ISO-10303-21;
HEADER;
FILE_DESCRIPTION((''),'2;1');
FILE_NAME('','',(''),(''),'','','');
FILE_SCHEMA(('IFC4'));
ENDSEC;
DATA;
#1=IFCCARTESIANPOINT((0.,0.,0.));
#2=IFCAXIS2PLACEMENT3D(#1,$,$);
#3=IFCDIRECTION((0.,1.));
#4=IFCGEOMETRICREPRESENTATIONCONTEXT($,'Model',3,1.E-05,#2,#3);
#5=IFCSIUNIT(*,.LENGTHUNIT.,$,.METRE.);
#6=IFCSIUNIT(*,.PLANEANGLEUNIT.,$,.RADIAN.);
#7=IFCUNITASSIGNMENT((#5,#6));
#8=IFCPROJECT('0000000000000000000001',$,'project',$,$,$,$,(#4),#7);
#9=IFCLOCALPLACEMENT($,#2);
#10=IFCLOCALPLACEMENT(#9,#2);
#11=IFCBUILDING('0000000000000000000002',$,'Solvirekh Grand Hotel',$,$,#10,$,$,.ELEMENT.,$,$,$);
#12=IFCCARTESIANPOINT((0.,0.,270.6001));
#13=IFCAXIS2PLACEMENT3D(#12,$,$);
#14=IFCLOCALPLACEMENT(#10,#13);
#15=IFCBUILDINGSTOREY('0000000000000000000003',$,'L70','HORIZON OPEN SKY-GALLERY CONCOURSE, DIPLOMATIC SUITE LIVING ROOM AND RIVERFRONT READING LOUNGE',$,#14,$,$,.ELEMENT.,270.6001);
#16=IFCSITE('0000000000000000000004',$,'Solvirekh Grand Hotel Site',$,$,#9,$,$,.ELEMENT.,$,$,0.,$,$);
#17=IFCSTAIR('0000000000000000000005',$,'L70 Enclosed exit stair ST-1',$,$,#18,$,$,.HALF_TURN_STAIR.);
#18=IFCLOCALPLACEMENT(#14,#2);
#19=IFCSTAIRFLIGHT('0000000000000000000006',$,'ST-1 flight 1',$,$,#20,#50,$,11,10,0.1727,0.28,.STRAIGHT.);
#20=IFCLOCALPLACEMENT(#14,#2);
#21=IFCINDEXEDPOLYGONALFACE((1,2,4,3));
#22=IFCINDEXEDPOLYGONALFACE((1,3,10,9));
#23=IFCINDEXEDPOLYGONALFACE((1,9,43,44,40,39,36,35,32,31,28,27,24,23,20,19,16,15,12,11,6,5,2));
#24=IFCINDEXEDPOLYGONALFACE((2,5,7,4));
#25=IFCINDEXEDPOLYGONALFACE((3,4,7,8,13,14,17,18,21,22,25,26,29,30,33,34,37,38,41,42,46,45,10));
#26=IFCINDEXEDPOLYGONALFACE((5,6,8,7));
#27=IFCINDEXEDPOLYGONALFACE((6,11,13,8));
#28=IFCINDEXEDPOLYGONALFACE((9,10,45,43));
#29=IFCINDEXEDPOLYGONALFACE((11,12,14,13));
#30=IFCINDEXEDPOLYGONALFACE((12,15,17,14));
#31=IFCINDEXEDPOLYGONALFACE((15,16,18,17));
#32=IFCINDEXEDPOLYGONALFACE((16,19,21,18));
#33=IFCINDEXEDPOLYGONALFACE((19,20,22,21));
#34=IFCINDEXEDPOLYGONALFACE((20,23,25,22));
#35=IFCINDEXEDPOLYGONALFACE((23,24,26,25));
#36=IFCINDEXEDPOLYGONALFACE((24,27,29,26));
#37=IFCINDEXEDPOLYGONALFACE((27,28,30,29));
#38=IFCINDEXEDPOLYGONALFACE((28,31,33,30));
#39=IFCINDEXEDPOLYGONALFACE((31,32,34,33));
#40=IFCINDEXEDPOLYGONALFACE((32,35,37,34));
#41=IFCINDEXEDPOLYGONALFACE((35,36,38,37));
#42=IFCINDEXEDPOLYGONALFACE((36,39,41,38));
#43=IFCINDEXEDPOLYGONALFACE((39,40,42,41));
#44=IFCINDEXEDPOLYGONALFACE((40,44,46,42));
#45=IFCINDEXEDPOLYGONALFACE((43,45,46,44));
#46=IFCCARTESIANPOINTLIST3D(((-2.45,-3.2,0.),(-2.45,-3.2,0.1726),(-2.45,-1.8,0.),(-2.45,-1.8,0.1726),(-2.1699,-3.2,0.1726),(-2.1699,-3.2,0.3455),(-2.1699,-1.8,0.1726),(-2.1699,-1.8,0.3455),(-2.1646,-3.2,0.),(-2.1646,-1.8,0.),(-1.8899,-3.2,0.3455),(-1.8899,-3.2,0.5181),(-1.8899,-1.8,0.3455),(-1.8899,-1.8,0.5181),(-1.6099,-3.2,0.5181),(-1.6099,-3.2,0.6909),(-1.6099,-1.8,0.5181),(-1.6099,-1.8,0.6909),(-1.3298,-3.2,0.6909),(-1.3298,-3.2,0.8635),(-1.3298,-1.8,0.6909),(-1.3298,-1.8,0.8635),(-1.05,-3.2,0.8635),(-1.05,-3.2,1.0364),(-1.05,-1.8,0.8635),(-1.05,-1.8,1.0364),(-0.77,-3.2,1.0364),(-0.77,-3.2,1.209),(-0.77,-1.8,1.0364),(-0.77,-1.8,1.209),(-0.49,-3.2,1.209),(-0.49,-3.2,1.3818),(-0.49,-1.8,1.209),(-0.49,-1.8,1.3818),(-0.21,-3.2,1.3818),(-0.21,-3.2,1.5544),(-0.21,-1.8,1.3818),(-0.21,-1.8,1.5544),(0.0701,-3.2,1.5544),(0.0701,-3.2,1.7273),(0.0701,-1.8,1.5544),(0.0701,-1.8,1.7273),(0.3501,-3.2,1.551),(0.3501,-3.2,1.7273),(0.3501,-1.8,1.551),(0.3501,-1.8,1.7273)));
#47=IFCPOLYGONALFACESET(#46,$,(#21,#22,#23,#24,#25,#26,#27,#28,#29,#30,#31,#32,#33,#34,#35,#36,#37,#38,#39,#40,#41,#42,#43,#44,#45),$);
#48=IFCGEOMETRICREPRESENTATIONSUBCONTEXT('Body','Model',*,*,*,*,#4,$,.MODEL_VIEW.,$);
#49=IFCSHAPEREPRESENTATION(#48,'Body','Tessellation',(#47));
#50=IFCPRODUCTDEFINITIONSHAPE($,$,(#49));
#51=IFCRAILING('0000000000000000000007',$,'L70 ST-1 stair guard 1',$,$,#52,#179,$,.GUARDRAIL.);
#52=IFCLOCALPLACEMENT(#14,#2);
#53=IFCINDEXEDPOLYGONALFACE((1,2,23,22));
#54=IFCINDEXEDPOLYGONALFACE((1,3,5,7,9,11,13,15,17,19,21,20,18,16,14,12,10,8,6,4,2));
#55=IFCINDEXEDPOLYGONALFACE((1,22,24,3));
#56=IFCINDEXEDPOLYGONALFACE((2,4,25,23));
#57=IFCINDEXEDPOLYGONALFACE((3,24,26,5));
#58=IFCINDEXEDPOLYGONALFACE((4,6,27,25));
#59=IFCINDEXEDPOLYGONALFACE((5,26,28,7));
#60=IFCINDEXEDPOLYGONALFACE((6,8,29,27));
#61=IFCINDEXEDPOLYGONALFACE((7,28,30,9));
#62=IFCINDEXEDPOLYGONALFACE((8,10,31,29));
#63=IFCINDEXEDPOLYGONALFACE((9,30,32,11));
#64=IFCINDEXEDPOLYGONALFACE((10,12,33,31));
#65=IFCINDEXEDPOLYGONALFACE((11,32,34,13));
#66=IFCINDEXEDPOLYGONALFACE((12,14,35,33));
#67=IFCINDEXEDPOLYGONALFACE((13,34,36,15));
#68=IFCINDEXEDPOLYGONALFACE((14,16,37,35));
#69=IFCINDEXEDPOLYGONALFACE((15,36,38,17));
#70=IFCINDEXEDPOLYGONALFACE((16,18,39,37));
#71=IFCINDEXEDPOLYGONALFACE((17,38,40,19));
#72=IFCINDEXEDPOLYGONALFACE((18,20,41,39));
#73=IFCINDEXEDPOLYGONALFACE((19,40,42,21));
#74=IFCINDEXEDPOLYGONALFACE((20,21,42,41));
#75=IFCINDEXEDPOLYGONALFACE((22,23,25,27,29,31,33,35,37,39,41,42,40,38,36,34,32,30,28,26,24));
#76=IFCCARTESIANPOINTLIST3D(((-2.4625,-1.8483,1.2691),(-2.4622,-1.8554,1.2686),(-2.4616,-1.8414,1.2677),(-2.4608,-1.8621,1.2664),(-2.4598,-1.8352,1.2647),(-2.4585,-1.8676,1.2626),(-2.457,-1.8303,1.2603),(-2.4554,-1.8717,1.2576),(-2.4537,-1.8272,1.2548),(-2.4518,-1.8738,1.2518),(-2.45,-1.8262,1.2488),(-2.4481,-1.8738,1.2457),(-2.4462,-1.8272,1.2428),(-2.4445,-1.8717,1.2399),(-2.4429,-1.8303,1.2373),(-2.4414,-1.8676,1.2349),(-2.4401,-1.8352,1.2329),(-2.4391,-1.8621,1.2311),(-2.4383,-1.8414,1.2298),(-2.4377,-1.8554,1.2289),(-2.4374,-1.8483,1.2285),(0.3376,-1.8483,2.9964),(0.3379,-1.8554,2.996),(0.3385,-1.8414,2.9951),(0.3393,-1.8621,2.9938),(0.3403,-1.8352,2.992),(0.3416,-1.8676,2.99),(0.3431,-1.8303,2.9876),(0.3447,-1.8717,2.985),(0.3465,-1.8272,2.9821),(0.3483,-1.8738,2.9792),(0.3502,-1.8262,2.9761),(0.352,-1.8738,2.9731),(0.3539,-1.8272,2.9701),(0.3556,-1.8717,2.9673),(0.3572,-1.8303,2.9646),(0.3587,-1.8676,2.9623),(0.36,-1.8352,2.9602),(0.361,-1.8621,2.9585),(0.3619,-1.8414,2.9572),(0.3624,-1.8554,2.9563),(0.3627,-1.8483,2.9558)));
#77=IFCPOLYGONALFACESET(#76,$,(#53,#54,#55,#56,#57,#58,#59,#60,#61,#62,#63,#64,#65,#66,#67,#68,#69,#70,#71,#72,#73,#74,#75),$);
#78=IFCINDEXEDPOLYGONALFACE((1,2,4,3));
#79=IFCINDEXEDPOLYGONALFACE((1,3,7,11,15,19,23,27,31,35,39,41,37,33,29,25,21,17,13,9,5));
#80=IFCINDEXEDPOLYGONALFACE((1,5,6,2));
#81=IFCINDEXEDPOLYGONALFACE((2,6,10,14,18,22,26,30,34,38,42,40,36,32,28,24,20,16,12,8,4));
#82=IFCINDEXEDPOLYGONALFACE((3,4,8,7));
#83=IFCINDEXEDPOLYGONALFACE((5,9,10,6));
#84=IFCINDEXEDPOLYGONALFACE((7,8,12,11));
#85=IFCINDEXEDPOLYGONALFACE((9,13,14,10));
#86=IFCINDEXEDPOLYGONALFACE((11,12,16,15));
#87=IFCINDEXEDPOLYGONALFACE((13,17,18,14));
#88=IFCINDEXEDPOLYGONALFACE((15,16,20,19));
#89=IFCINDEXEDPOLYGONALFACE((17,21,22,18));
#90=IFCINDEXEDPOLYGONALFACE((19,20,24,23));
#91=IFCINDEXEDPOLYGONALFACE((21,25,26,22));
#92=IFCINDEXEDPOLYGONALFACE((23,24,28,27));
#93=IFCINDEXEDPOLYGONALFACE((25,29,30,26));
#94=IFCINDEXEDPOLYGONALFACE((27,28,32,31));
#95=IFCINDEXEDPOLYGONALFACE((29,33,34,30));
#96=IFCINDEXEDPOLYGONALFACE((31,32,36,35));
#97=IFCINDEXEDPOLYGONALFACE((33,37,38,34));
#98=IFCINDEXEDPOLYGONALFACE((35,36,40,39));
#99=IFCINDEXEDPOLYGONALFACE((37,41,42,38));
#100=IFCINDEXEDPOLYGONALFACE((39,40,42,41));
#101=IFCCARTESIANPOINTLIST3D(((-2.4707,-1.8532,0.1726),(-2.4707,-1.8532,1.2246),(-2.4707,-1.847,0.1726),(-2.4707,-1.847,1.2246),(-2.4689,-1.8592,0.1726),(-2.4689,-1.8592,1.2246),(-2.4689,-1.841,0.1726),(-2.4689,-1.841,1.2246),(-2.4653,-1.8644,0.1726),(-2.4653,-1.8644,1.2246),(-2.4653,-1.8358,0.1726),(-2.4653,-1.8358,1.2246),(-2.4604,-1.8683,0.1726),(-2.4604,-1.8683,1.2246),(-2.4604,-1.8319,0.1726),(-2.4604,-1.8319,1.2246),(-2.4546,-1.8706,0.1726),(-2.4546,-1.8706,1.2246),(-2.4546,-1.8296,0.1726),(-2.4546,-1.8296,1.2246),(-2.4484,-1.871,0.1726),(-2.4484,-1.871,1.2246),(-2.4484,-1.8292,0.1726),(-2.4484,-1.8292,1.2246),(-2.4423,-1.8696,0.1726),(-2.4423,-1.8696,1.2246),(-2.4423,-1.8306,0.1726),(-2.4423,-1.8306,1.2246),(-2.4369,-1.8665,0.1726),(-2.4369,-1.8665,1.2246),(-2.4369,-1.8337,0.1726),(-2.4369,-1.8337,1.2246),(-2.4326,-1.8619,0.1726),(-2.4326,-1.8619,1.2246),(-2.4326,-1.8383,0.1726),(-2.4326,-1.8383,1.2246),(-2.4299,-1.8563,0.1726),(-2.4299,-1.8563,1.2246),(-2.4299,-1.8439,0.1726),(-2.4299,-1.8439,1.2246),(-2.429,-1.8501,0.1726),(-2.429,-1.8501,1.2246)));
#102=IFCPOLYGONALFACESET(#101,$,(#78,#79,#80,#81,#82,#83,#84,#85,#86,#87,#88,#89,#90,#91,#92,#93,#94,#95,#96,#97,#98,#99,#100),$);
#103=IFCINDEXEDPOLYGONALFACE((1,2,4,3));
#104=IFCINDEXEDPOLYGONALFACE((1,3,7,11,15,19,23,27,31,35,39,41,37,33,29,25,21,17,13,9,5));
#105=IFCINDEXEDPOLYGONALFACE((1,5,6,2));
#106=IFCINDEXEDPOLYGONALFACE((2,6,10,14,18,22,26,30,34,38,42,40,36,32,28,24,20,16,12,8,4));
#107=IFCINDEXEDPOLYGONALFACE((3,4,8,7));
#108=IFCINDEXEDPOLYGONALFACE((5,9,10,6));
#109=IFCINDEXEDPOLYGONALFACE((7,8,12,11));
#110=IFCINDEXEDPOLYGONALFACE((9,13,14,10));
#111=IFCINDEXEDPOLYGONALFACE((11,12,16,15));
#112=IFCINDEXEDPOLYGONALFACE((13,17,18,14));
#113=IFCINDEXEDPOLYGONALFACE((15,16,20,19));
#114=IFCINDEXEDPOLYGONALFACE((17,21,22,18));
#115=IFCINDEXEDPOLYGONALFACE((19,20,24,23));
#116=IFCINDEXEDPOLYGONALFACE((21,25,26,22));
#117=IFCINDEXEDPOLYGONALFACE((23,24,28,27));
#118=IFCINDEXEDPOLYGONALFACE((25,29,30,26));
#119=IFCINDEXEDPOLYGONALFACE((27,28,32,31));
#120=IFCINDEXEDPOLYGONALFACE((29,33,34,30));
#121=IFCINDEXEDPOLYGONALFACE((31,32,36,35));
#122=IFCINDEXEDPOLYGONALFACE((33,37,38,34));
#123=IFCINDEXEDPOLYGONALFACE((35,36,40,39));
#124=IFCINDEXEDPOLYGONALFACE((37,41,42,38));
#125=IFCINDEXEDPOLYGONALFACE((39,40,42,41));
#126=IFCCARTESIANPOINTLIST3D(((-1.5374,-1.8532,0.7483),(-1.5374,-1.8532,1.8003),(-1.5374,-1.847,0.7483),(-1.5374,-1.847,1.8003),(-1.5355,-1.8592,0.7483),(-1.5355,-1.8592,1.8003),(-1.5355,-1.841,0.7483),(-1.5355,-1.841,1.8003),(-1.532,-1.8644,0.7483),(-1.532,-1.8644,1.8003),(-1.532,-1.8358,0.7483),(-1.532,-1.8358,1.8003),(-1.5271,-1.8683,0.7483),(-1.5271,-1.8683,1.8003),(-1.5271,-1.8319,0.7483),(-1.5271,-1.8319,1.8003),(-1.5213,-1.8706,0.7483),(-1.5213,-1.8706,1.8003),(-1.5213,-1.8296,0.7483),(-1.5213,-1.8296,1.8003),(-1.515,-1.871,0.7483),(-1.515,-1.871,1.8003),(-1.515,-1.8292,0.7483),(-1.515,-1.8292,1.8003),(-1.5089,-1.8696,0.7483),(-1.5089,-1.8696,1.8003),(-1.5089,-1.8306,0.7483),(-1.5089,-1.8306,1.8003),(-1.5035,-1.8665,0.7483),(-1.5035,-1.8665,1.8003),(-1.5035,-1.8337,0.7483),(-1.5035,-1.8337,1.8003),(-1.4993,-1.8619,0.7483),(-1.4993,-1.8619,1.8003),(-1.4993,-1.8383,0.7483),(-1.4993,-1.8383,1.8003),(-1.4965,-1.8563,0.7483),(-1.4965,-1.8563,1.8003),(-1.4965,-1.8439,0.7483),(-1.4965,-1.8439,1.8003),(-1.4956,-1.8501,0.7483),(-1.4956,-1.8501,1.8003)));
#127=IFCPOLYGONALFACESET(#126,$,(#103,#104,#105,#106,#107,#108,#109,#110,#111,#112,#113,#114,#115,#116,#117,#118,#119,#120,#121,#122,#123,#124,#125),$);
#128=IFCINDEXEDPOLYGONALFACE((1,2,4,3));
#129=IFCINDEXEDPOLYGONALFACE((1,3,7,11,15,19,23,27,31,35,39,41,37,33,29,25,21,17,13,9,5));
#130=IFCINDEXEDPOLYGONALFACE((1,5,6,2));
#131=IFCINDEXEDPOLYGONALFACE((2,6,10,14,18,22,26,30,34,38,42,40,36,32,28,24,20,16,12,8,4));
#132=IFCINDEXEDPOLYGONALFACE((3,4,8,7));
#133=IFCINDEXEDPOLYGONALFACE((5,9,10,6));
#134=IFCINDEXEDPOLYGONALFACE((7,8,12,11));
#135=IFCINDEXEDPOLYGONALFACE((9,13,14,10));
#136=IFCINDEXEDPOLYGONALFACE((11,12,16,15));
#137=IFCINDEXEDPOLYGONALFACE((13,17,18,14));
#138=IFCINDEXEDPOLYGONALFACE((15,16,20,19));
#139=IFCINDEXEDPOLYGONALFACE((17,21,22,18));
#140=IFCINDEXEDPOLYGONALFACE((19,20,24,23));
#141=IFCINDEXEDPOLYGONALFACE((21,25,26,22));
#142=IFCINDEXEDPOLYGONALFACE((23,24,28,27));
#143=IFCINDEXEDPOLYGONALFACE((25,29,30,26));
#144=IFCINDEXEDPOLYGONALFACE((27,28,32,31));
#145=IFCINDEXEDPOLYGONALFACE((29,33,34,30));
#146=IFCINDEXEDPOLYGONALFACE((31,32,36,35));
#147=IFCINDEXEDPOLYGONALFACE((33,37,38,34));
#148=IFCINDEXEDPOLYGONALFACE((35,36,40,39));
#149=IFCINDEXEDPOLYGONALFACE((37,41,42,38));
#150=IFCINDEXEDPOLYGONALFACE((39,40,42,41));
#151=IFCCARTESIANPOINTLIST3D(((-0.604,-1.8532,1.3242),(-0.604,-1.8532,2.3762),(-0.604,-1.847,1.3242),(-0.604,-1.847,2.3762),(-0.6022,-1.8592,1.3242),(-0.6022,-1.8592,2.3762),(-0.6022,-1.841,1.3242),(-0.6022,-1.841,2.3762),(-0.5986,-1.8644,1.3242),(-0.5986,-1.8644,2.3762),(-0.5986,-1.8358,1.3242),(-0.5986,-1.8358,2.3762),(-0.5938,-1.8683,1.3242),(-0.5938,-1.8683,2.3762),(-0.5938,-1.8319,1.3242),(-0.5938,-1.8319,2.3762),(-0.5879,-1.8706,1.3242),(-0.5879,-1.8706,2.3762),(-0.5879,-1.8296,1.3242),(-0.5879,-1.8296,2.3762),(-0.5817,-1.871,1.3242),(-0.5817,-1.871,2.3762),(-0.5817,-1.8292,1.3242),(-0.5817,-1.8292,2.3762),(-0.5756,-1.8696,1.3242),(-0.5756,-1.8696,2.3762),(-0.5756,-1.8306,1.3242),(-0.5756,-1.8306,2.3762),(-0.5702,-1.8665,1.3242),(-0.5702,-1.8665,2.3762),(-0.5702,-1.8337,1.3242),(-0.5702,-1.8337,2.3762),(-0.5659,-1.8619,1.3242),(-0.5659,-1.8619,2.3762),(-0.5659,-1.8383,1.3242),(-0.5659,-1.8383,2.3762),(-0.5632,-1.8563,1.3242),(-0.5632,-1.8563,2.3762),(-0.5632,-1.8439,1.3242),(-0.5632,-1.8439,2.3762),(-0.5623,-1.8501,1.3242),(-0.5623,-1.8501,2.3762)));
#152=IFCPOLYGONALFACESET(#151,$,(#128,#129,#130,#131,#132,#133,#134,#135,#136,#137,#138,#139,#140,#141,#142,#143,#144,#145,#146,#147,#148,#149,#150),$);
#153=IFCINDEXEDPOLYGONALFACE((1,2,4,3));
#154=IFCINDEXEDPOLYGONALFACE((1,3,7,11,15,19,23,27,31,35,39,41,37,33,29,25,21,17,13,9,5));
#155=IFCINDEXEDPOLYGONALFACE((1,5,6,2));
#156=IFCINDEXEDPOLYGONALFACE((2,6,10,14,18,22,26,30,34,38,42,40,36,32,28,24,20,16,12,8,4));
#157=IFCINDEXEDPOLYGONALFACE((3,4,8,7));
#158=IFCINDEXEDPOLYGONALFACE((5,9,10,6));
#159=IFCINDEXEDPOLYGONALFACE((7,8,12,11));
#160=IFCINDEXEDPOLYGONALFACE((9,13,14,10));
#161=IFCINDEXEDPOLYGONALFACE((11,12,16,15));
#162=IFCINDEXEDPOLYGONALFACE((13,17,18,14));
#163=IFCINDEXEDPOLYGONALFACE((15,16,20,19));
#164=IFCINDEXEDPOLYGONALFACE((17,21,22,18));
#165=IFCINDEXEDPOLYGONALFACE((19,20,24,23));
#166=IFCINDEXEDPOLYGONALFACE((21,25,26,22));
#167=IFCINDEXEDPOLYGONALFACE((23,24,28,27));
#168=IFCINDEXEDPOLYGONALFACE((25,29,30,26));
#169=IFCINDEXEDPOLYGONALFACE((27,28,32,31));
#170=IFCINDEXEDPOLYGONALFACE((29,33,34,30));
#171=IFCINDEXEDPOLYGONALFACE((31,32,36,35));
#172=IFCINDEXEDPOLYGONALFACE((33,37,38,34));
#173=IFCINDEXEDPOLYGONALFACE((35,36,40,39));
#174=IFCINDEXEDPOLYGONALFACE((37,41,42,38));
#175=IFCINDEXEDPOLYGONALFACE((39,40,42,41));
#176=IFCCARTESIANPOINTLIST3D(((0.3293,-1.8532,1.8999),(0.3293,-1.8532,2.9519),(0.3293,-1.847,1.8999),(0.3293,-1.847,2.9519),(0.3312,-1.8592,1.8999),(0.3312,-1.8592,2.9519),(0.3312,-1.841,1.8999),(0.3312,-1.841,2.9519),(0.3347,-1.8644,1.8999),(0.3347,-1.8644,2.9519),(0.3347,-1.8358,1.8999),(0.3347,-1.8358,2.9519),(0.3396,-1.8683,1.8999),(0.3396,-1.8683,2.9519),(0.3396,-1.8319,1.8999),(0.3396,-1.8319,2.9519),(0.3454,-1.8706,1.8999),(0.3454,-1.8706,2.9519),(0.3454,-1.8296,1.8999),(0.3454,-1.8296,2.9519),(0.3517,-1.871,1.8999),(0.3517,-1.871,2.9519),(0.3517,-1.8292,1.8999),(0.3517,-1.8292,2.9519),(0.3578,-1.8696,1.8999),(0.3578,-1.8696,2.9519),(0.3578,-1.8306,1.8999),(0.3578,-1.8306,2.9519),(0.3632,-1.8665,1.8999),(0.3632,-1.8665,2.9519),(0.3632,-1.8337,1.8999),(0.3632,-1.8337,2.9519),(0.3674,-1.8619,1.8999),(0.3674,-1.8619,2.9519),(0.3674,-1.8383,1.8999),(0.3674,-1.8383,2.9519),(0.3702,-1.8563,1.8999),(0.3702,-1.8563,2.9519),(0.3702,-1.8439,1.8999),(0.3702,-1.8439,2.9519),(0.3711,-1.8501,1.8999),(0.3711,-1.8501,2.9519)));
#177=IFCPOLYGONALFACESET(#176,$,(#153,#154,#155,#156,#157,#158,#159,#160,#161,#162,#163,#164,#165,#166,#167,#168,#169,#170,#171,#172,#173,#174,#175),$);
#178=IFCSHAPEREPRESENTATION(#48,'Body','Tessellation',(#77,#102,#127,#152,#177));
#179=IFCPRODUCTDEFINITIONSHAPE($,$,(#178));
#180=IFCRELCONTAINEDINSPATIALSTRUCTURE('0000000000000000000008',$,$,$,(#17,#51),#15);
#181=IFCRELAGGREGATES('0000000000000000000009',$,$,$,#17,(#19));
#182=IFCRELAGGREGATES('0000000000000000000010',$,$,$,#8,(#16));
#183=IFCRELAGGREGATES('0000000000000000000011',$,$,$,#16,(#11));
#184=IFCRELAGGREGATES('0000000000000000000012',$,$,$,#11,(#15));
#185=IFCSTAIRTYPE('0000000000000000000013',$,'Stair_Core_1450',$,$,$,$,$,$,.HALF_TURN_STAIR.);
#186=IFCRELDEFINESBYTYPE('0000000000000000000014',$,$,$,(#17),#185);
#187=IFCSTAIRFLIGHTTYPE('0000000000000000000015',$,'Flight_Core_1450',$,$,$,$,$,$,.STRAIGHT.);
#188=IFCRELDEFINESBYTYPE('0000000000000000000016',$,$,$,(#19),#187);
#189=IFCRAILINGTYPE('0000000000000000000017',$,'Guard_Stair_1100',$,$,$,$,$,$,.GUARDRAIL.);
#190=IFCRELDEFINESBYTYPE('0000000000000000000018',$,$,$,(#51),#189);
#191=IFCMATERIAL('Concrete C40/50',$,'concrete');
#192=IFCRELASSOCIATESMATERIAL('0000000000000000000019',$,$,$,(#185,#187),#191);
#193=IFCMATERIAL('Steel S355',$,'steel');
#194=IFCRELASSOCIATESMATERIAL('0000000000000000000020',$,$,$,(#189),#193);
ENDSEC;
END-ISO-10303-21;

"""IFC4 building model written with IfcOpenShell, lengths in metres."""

from ifc_helpers import new_model, si_unit, direction, frame, origin, origin_2d, place, context, subcontext, project, spatial, polyline, circle, outline, extrude, material, type_object, element, aggregate, save


model = new_model("IFC4")

# Units and contexts
model_context = context("Model", 3, precision=1e-05, world=origin(), true_north=direction((0.0, 1.0)))
body_context = subcontext(model_context, "Body", "Model", "MODEL_VIEW")
ifc_project = project(units=[si_unit("LENGTHUNIT", "METRE"), si_unit("PLANEANGLEUNIT", "RADIAN")], contexts=[model_context])

# Site, building, storey
site_placement = place(None, origin())
site = spatial("IfcSite", under=ifc_project, at=site_placement, Name="Solvirekh Grand Hotel Site", CompositionType="ELEMENT", RefElevation=0.0)
building_placement = place(site_placement, origin())
building = spatial("IfcBuilding", under=site, at=building_placement, Name="Solvirekh Grand Hotel", CompositionType="ELEMENT")
storey_placement = place(building_placement, frame((0.0, 0.0, 270.6001)))
storey = spatial("IfcBuildingStorey", under=building, at=storey_placement, Name="L70", Description="HORIZON OPEN SKY-GALLERY CONCOURSE, DIPLOMATIC SUITE LIVING ROOM AND RIVERFRONT READING LOUNGE", CompositionType="ELEMENT", Elevation=270.6001)

# Shared definitions
ifc_material_1 = material(Name="Steel S355", Category="steel")

# Shared definitions
ifc_material_2 = material(Name="Concrete C40/50", Category="concrete")

# Stair, stair flight
stair_type = type_object("IfcStairType", Name="Stair_Core_1450", PredefinedType="HALF_TURN_STAIR", material=ifc_material_2)
stair_placement = place(storey_placement, origin())
stair = element("IfcStair", 1, at=stair_placement, inside=storey, type_object=stair_type, Name="L70 Enclosed exit stair ST-1", PredefinedType="HALF_TURN_STAIR")
stair_flight_type = type_object("IfcStairFlightType", Name="Flight_Core_1450", PredefinedType="STRAIGHT", material=ifc_material_2)
stair_flight_placement = place(storey_placement, frame((-2.45, -2.5, 0.0), z_axis=(0.0, 0.0, 1.0), x_axis=(1.0, 0.0, 0.0)))
stair_flight = element("IfcStairFlight", 2, at=stair_flight_placement, type_object=stair_flight_type, Name="ST-1 flight 1", NumberOfRisers=11, NumberOfTreads=10, PredefinedType="STRAIGHT", RiserHeight=0.1727, TreadLength=0.28, context=body_context, shape_type="SweptSolid", body=[
    extrude(outline(polyline([(0.0, 0.0), (0.0, 0.1726), (0.28, 0.1726), (0.28, 0.3455), (0.5601, 0.3455), (0.5601, 0.5181), (0.8401, 0.5181), (0.8401, 0.6909), (1.1201, 0.6909), (1.1201, 0.8635), (1.3999, 0.8635), (1.3999, 1.0364), (1.6799, 1.0364), (1.6799, 1.209), (1.96, 1.209), (1.96, 1.3818), (2.24, 1.3818), (2.24, 1.5544), (2.52, 1.5544), (2.52, 1.7273), (2.8, 1.7273), (2.8, 1.8999), (2.8, 1.551), (0.2854, 0.0), (0.0, 0.0)])), frame((0.0, 0.7, 0.0), z_axis=(0.0, -1.0, 0.0), x_axis=(1.0, 0.0, 0.0)), (0.0, 0.0, 1.0), 1.3999),
])
aggregate(stair, [stair_flight])

# Railing
railing_type_1 = type_object("IfcRailingType", Name="Guard_Stair_1100", PredefinedType="GUARDRAIL", material=ifc_material_1)
railing_1_placement = place(storey_placement, frame((-2.45, -1.8501, 0.1726)))
element("IfcRailing", 3, at=railing_1_placement, inside=storey, type_object=railing_type_1, Name="L70 ST-1 stair guard 1", PredefinedType="GUARDRAIL", context=body_context, shape_type="SweptSolid", body=[
    extrude(circle(Radius=0.0239, at=origin_2d()), frame((0.0, 0.0, 1.0762), z_axis=(0.85109, 0.0, 0.52502), x_axis=(0.0, 1.0, 0.0)), (0.0, 0.0, 1.0), 3.29),
    extrude(circle(Radius=0.021, at=origin_2d()), origin(), (0.0, 0.0, 1.0), 1.052),
    extrude(circle(Radius=0.021, at=origin_2d()), frame((0.9333, 0.0, 0.5757)), (0.0, 0.0, 1.0), 1.052),
    extrude(circle(Radius=0.021, at=origin_2d()), frame((1.8667, 0.0, 1.1516)), (0.0, 0.0, 1.0), 1.052),
    extrude(circle(Radius=0.021, at=origin_2d()), frame((2.8, 0.0, 1.7273)), (0.0, 0.0, 1.0), 1.052),
])

save(model, "model.ifc")
